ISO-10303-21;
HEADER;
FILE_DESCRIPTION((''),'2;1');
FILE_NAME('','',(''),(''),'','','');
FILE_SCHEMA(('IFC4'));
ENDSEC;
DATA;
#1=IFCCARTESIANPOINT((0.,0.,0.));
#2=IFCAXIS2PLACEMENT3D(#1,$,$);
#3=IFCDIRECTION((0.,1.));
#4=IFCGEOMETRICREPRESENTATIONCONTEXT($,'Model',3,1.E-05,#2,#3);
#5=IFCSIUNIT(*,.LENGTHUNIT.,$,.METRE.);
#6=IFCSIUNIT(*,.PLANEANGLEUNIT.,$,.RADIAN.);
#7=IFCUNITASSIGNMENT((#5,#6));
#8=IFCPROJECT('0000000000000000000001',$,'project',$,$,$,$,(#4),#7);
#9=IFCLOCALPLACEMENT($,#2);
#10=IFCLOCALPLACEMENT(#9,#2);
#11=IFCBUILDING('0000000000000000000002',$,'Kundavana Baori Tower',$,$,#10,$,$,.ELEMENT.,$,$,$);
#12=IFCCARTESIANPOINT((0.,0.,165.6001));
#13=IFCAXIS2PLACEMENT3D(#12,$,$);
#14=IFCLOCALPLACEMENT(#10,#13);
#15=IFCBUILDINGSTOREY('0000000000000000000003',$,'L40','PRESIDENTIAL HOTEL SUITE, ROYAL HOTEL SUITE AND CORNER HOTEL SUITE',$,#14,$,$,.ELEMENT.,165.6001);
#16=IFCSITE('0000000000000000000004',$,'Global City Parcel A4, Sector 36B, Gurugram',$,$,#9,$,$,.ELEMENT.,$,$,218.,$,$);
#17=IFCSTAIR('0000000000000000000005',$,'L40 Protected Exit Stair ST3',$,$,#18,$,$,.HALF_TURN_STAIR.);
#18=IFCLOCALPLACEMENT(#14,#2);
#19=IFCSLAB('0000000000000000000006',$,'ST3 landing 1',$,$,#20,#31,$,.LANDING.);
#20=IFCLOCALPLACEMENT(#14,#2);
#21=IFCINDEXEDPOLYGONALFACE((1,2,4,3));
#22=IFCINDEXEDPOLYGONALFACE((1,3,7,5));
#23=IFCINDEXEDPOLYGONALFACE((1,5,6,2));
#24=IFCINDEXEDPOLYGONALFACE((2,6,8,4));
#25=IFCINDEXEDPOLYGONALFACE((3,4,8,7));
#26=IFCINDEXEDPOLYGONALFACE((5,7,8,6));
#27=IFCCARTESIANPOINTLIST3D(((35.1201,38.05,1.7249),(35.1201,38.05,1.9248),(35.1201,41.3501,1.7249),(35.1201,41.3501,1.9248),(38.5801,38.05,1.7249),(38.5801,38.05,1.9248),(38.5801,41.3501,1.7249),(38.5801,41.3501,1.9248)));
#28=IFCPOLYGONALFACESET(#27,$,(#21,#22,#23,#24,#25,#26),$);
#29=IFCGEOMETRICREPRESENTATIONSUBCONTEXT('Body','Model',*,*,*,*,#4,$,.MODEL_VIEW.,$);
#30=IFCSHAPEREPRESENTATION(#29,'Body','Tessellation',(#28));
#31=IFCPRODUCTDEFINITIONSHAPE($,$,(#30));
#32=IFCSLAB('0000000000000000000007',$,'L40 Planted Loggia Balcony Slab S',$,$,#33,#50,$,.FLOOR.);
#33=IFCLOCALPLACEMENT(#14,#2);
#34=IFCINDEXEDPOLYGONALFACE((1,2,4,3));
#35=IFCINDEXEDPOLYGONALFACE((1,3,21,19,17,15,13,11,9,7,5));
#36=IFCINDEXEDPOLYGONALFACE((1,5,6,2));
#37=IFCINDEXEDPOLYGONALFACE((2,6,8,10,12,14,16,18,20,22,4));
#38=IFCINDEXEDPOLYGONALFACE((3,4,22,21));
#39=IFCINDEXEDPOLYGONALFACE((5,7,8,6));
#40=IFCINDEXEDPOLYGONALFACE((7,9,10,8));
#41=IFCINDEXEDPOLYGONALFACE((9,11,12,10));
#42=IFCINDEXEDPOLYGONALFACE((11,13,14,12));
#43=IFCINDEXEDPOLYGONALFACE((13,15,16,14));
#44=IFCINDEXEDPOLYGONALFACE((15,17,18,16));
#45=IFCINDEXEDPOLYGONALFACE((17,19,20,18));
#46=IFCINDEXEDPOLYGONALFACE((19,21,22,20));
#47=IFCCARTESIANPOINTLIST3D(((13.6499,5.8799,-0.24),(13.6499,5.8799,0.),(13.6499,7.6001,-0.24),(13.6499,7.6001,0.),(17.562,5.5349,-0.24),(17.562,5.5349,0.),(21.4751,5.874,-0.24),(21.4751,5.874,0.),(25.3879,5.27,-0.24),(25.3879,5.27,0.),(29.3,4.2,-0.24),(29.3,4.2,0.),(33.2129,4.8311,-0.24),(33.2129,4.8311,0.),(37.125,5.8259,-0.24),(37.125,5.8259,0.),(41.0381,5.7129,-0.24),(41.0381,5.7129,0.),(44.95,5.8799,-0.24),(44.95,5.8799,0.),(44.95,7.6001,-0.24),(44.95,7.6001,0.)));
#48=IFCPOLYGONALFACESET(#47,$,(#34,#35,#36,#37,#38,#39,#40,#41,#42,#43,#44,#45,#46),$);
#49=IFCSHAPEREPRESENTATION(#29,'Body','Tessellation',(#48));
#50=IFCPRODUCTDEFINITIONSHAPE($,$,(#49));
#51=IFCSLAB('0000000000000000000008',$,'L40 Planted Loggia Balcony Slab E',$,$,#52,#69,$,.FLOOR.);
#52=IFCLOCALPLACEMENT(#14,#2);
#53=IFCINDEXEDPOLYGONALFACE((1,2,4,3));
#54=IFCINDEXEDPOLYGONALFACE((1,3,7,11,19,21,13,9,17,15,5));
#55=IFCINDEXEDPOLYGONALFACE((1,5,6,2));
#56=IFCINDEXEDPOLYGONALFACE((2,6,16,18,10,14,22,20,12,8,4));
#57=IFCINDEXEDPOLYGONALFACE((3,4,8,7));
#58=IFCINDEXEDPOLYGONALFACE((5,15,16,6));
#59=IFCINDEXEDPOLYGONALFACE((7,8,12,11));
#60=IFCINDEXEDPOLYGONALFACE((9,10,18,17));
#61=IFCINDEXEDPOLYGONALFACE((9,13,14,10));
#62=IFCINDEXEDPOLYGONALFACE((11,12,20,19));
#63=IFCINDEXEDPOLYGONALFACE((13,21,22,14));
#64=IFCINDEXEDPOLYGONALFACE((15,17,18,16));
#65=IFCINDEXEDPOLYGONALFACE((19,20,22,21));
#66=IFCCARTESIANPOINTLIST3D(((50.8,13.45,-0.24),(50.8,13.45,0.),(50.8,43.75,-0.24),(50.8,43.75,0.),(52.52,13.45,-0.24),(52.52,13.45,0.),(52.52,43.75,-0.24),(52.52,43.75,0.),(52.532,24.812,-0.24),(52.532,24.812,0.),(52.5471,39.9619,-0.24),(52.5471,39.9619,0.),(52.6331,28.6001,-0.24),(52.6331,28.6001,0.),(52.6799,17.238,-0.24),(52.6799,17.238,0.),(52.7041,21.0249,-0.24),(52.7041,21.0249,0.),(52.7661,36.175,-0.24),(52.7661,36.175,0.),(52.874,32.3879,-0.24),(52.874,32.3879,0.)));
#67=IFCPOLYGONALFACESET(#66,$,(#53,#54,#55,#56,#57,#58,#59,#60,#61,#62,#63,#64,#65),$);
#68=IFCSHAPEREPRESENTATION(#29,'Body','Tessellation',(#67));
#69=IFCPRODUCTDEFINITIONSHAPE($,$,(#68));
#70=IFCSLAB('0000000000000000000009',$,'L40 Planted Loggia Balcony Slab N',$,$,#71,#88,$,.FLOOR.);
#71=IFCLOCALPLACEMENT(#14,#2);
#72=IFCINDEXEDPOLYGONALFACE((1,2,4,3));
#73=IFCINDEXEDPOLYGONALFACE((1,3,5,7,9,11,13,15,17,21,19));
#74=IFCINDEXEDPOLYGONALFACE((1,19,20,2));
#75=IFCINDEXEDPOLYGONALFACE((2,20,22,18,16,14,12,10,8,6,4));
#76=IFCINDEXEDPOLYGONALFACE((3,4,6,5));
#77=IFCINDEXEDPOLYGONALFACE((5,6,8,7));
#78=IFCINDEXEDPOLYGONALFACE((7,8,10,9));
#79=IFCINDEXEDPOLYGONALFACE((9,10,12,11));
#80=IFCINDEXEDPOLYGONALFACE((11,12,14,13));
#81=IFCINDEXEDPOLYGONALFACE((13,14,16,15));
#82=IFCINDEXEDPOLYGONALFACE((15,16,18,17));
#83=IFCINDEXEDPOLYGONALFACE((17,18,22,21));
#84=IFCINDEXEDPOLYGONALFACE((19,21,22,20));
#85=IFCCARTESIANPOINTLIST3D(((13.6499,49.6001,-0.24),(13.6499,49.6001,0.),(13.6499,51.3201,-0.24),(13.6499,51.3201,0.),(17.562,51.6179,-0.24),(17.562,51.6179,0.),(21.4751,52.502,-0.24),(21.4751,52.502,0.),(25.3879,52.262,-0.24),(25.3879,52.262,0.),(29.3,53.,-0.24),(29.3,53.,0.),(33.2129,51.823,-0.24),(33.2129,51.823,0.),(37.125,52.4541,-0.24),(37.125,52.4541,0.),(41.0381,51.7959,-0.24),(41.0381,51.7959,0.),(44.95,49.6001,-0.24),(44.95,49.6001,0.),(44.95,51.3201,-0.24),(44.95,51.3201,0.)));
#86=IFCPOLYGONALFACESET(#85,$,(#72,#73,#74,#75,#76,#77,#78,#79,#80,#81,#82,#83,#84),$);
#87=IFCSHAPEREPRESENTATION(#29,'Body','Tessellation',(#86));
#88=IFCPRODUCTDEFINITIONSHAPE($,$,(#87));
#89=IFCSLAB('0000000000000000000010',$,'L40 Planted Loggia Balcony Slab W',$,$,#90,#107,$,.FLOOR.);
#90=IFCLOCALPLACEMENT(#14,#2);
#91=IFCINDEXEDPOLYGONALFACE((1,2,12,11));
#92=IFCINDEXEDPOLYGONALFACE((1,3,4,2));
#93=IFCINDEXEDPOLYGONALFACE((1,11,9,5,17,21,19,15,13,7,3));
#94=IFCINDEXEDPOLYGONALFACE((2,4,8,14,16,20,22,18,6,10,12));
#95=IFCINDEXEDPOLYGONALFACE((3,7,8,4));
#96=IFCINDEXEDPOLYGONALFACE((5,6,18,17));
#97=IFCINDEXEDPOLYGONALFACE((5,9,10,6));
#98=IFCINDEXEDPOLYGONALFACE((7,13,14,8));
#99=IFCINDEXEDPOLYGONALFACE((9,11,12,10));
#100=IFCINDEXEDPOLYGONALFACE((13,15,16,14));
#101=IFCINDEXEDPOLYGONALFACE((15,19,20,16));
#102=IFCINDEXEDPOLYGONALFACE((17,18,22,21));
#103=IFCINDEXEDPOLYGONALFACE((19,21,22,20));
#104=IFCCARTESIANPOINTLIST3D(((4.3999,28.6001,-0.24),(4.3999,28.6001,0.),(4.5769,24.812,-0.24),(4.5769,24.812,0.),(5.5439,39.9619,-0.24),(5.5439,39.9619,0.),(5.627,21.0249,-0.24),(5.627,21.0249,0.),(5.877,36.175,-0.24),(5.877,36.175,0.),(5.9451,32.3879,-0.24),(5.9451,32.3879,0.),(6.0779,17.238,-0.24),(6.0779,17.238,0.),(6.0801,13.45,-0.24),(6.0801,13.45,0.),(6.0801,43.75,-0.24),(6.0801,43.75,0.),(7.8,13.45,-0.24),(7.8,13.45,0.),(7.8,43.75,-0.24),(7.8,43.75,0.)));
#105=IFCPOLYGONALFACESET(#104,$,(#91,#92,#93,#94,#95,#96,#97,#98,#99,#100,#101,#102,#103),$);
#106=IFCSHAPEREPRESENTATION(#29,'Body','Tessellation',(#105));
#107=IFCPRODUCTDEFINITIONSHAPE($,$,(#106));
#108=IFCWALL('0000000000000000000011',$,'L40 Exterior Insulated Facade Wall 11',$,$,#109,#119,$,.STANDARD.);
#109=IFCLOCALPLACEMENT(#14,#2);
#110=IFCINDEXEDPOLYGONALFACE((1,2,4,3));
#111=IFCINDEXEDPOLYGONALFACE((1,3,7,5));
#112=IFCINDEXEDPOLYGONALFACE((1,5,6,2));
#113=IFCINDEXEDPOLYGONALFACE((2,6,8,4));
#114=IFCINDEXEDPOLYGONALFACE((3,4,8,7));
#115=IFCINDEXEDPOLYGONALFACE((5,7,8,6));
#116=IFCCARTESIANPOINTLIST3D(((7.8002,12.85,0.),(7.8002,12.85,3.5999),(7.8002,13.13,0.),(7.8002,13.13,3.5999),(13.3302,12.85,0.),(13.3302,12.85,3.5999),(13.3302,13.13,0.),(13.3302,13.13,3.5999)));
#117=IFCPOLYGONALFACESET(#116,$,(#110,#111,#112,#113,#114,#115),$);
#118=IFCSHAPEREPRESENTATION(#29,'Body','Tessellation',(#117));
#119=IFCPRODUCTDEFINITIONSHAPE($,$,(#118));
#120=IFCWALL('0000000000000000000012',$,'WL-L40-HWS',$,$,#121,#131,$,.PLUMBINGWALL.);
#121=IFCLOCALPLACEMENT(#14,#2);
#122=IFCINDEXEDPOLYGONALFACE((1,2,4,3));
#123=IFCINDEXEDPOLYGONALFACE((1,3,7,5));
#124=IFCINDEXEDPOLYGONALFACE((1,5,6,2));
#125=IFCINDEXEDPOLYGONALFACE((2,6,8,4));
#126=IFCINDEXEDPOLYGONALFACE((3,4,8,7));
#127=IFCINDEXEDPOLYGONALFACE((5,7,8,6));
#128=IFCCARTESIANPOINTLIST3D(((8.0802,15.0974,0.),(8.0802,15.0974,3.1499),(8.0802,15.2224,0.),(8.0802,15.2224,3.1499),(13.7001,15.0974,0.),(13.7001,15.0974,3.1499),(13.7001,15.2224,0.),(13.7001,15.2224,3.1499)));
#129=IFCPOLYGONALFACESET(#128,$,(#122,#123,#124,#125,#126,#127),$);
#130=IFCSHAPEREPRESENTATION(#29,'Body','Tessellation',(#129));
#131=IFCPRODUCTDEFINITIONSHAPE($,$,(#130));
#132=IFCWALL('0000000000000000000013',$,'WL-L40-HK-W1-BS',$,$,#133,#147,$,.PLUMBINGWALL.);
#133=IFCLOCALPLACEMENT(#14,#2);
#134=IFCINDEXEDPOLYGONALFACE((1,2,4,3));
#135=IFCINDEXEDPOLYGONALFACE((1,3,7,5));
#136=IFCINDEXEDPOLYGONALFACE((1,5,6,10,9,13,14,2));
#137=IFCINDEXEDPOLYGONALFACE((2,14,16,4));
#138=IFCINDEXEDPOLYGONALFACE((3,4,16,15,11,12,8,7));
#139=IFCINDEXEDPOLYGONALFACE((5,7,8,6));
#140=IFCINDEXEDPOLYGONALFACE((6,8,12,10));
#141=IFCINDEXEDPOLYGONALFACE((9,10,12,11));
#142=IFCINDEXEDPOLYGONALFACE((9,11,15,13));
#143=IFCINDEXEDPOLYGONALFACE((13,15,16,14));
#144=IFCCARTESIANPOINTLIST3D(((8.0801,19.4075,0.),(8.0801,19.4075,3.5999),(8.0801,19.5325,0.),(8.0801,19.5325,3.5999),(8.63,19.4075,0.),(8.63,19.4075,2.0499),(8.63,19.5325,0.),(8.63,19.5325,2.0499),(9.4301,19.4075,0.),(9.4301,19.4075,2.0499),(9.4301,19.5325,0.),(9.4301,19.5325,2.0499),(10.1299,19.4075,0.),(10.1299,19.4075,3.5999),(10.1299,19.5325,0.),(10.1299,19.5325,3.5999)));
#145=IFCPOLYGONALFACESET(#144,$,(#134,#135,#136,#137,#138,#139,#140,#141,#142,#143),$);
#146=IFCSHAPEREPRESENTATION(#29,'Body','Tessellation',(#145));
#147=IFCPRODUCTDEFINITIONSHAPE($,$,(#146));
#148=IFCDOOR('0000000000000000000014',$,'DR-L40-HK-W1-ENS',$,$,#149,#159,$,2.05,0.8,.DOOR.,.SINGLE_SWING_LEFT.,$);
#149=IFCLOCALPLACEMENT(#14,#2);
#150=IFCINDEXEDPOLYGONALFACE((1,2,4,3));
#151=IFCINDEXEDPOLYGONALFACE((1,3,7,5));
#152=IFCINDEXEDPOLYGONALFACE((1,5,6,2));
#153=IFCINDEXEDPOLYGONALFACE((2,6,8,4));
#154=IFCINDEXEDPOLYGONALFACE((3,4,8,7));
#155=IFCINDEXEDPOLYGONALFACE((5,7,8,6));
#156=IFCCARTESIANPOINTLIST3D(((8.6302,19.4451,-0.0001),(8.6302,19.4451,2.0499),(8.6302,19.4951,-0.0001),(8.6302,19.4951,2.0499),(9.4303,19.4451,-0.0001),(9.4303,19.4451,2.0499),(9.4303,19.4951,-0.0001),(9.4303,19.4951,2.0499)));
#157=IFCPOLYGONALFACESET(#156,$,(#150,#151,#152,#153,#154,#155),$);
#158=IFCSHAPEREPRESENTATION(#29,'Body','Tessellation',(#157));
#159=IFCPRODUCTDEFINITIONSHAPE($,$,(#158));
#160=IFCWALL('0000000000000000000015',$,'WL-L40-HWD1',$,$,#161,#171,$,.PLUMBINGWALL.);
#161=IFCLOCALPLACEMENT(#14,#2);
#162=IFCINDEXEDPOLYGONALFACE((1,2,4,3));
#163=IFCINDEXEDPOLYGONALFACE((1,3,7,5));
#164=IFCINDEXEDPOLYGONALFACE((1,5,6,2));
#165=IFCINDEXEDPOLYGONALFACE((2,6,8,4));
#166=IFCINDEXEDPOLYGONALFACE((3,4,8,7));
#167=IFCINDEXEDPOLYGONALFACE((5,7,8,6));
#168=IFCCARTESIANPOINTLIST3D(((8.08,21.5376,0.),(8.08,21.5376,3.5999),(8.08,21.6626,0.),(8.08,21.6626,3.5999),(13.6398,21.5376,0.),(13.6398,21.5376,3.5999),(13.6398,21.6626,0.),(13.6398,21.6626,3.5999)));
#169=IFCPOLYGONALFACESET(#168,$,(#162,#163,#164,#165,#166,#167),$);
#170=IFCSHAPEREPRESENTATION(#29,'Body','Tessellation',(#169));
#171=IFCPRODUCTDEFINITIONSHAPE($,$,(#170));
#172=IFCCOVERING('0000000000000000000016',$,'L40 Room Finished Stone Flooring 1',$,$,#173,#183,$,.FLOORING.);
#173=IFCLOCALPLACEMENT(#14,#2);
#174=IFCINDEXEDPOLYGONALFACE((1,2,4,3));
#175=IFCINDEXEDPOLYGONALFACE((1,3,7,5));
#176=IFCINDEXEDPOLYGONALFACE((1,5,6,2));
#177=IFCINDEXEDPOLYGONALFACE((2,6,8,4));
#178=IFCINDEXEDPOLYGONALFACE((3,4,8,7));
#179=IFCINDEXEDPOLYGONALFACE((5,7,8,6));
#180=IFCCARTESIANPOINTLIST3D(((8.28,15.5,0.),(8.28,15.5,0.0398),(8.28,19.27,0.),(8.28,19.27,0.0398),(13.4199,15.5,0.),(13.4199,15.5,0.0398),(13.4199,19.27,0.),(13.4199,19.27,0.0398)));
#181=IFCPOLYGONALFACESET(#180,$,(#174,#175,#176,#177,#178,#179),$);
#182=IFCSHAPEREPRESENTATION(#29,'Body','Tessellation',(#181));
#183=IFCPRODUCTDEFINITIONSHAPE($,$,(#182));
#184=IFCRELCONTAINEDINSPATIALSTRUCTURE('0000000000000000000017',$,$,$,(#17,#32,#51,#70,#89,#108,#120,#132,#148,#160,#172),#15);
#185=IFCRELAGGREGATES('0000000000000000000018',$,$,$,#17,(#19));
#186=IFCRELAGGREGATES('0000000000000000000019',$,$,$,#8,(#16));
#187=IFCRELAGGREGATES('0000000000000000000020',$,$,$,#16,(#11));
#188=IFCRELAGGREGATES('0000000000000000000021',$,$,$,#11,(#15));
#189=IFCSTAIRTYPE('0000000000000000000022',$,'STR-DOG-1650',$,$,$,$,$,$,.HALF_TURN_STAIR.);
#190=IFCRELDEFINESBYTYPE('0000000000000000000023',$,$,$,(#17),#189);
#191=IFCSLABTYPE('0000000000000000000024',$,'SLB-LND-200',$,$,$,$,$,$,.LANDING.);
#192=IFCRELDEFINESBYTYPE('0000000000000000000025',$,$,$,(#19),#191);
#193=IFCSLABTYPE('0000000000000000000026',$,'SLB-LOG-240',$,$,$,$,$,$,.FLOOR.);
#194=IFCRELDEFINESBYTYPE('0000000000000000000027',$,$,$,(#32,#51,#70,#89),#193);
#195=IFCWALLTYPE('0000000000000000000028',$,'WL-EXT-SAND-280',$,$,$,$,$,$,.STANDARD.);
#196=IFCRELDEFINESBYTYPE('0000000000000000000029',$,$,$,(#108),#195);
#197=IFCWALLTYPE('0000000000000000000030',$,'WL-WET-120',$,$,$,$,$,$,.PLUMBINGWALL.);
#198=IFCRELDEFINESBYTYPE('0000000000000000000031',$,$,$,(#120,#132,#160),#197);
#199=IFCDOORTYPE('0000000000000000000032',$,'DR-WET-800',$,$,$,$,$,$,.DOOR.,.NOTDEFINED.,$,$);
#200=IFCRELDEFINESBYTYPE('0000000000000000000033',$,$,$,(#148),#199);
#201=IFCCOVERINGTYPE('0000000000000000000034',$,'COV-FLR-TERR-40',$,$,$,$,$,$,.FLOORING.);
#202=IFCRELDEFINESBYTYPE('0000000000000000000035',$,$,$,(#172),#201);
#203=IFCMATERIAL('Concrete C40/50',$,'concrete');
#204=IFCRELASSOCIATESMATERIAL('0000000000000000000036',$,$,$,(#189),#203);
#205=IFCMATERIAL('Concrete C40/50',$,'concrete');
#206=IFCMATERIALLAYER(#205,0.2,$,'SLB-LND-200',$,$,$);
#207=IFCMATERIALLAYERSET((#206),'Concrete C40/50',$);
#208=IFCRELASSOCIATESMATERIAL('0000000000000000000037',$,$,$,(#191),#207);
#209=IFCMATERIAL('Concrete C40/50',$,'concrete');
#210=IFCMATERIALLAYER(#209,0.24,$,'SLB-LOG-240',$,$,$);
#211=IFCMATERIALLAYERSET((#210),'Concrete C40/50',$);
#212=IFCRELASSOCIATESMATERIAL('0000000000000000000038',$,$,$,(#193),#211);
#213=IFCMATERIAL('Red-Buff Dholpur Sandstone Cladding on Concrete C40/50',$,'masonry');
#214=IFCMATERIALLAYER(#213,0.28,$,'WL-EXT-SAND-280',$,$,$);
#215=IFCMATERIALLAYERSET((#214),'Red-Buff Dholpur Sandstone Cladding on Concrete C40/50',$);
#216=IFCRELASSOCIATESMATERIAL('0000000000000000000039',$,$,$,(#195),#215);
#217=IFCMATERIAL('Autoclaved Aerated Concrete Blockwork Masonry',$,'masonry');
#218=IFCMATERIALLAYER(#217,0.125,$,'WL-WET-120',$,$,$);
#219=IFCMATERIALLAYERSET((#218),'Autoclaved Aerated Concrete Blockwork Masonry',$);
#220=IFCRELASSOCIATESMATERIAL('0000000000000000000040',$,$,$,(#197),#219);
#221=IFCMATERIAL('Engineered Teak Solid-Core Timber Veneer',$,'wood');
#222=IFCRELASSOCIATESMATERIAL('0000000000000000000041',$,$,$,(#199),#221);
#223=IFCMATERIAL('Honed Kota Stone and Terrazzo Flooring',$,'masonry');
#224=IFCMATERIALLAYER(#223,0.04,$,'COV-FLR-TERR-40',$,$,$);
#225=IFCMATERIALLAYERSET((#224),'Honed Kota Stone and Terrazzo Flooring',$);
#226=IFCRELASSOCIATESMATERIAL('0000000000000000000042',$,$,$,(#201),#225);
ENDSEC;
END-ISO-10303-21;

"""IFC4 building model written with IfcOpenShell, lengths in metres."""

from ifc_helpers import new_model, si_unit, direction, frame, frame_2d, origin, place, context, subcontext, project, spatial, polyline, rectangle, outline, extrude, material, layer, layer_set, type_object, element, fill, aggregate, save


model = new_model("IFC4")

# Units and contexts
model_context = context("Model", 3, precision=1e-05, world=origin(), true_north=direction((0.0, 1.0)))
body_context = subcontext(model_context, "Body", "Model", "MODEL_VIEW")
ifc_project = project(units=[si_unit("LENGTHUNIT", "METRE"), si_unit("PLANEANGLEUNIT", "RADIAN")], contexts=[model_context])

# Site, building, storey
site_placement = place(None, origin())
site = spatial("IfcSite", under=ifc_project, at=site_placement, Name="Global City Parcel A4, Sector 36B, Gurugram", CompositionType="ELEMENT", RefElevation=218.0)
building_placement = place(site_placement, origin())
building = spatial("IfcBuilding", under=site, at=building_placement, Name="Kundavana Baori Tower", CompositionType="ELEMENT")
storey_placement = place(building_placement, frame((0.0, 0.0, 165.6001)))
storey = spatial("IfcBuildingStorey", under=building, at=storey_placement, Name="L40", Description="PRESIDENTIAL HOTEL SUITE, ROYAL HOTEL SUITE AND CORNER HOTEL SUITE", CompositionType="ELEMENT", Elevation=165.6001)

# Stair, slab
ifc_material_1 = material(Name="Concrete C40/50", Category="concrete")
stair_type = type_object("IfcStairType", Name="STR-DOG-1650", PredefinedType="HALF_TURN_STAIR", material=ifc_material_1)
ifc_material_2 = material(Name="Concrete C40/50", Category="concrete")
ifc_layer_1 = layer(ifc_material_2, 0.2, Name="SLB-LND-200")
ifc_layer_set_1 = layer_set([ifc_layer_1], Name="Concrete C40/50")
slab_type_1 = type_object("IfcSlabType", Name="SLB-LND-200", PredefinedType="LANDING", material=ifc_layer_set_1)
stair_1_placement = place(storey_placement, origin())
stair_1 = element("IfcStair", 1, at=stair_1_placement, inside=storey, type_object=stair_type, Name="L40 Protected Exit Stair ST3", PredefinedType="HALF_TURN_STAIR")
slab_1_placement = place(storey_placement, frame((0.0, 0.0, 1.7249)))
slab_1 = element("IfcSlab", 2, at=slab_1_placement, type_object=slab_type_1, Name="ST3 landing 1", PredefinedType="LANDING", context=body_context, shape_type="SweptSolid", body=[
    extrude(outline(polyline([(38.5801, 38.05), (38.5801, 41.3501), (35.1201, 41.3501), (35.1201, 38.05), (38.5801, 38.05)])), origin(), (0.0, 0.0, 1.0), 0.2),
])
aggregate(stair_1, [slab_1])

# Slabs
ifc_material_3 = material(Name="Concrete C40/50", Category="concrete")
ifc_layer_2 = layer(ifc_material_3, 0.24, Name="SLB-LOG-240")
ifc_layer_set_2 = layer_set([ifc_layer_2], Name="Concrete C40/50")
slab_type_2 = type_object("IfcSlabType", Name="SLB-LOG-240", PredefinedType="FLOOR", material=ifc_layer_set_2)
slab_2_placement = place(storey_placement, frame((0.0, 0.0, -0.24)))
element("IfcSlab", 3, at=slab_2_placement, inside=storey, type_object=slab_type_2, Name="L40 Planted Loggia Balcony Slab S", PredefinedType="FLOOR", context=body_context, shape_type="SweptSolid", body=[
    extrude(outline(polyline([(13.6499, 7.6001), (44.95, 7.6001), (44.95, 5.8799), (41.0381, 5.7129), (37.125, 5.8259), (33.2129, 4.8311), (29.3, 4.2), (25.3879, 5.27), (21.4751, 5.874), (17.562, 5.5349), (13.6499, 5.8799), (13.6499, 7.6001)])), origin(), (0.0, 0.0, 1.0), 0.24),
])
slab_3_placement = place(storey_placement, frame((0.0, 0.0, -0.24)))
element("IfcSlab", 4, at=slab_3_placement, inside=storey, type_object=slab_type_2, Name="L40 Planted Loggia Balcony Slab E", PredefinedType="FLOOR", context=body_context, shape_type="SweptSolid", body=[
    extrude(outline(polyline([(50.8, 13.45), (50.8, 43.75), (52.52, 43.75), (52.5471, 39.9619), (52.7661, 36.175), (52.874, 32.3879), (52.6331, 28.6001), (52.532, 24.812), (52.7041, 21.0249), (52.6799, 17.238), (52.52, 13.45), (50.8, 13.45)])), origin(), (0.0, 0.0, 1.0), 0.24),
])
slab_4_placement = place(storey_placement, frame((0.0, 0.0, -0.24)))
element("IfcSlab", 5, at=slab_4_placement, inside=storey, type_object=slab_type_2, Name="L40 Planted Loggia Balcony Slab N", PredefinedType="FLOOR", context=body_context, shape_type="SweptSolid", body=[
    extrude(outline(polyline([(44.95, 49.6001), (13.6499, 49.6001), (13.6499, 51.3201), (17.562, 51.6179), (21.4751, 52.502), (25.3879, 52.262), (29.3, 53.0), (33.2129, 51.823), (37.125, 52.4541), (41.0381, 51.7959), (44.95, 51.3201), (44.95, 49.6001)])), origin(), (0.0, 0.0, 1.0), 0.24),
])
slab_5_placement = place(storey_placement, frame((0.0, 0.0, -0.24)))
element("IfcSlab", 6, at=slab_5_placement, inside=storey, type_object=slab_type_2, Name="L40 Planted Loggia Balcony Slab W", PredefinedType="FLOOR", context=body_context, shape_type="SweptSolid", body=[
    extrude(outline(polyline([(7.8, 43.75), (7.8, 13.45), (6.0801, 13.45), (6.0779, 17.238), (5.627, 21.0249), (4.5769, 24.812), (4.3999, 28.6001), (5.9451, 32.3879), (5.877, 36.175), (5.5439, 39.9619), (6.0801, 43.75), (7.8, 43.75)])), origin(), (0.0, 0.0, 1.0), 0.24),
])

# Walls
ifc_material_4 = material(Name="Red-Buff Dholpur Sandstone Cladding on Concrete C40/50", Category="masonry")
ifc_layer_3 = layer(ifc_material_4, 0.28, Name="WL-EXT-SAND-280")
ifc_layer_set_3 = layer_set([ifc_layer_3], Name="Red-Buff Dholpur Sandstone Cladding on Concrete C40/50")
wall_type_1 = type_object("IfcWallType", Name="WL-EXT-SAND-280", PredefinedType="STANDARD", material=ifc_layer_set_3)
wall_1_placement = place(storey_placement, frame((7.8, 12.99, 0.0), z_axis=(0.0, 0.0, 1.0), x_axis=(1.0, 0.0, 0.0)))
element("IfcWall", 7, at=wall_1_placement, inside=storey, type_object=wall_type_1, Name="L40 Exterior Insulated Facade Wall 11", PredefinedType="STANDARD", context=body_context, shape_type="SweptSolid", body=[
    extrude(rectangle(XDim=5.53, YDim=0.28, at=frame_2d((2.7651, 0.0))), origin(), (0.0, 0.0, 1.0), 3.5999),
])
ifc_material_5 = material(Name="Autoclaved Aerated Concrete Blockwork Masonry", Category="masonry")
ifc_layer_4 = layer(ifc_material_5, 0.125, Name="WL-WET-120")
ifc_layer_set_4 = layer_set([ifc_layer_4], Name="Autoclaved Aerated Concrete Blockwork Masonry")
wall_type_2 = type_object("IfcWallType", Name="WL-WET-120", PredefinedType="PLUMBINGWALL", material=ifc_layer_set_4)
wall_2_placement = place(storey_placement, frame((8.0801, 15.1599, 0.0), z_axis=(0.0, 0.0, 1.0), x_axis=(1.0, 0.0, 0.0)))
element("IfcWall", 8, at=wall_2_placement, inside=storey, type_object=wall_type_2, Name="WL-L40-HWS", PredefinedType="PLUMBINGWALL", context=body_context, shape_type="SweptSolid", body=[
    extrude(rectangle(XDim=5.6199, YDim=0.125, at=frame_2d((2.8101, 0.0))), origin(), (0.0, 0.0, 1.0), 3.1499),
])

# Wall, opening, door
wall_3_placement = place(storey_placement, frame((8.0801, 19.47, 0.0), z_axis=(0.0, 0.0, 1.0), x_axis=(1.0, 0.0, 0.0)))
wall_3 = element("IfcWall", 9, at=wall_3_placement, inside=storey, type_object=wall_type_2, Name="WL-L40-HK-W1-BS", PredefinedType="PLUMBINGWALL", context=body_context, shape_type="SweptSolid", body=[
    extrude(rectangle(XDim=2.0498, YDim=0.125, at=frame_2d((1.0249, 0.0))), origin(), (0.0, 0.0, 1.0), 3.5999),
])
opening_placement = place(wall_3_placement, frame((0.55, 0.0, 0.0)))
opening = element("IfcOpeningElement", 10, at=opening_placement, cuts=wall_3, PredefinedType="OPENING", context=body_context, shape_type="SweptSolid", body=[
    extrude(rectangle(XDim=0.8, YDim=2.05, at=frame_2d((0.3999, 1.0249))), frame((0.0, 0.0725, 0.0), z_axis=(0.0, -1.0, 0.0), x_axis=(1.0, 0.0, 0.0)), (0.0, 0.0, 1.0), 0.145),
])
ifc_material_6 = material(Name="Engineered Teak Solid-Core Timber Veneer", Category="wood")
door_type = type_object("IfcDoorType", Name="DR-WET-800", OperationType="NOTDEFINED", PredefinedType="DOOR", material=ifc_material_6)
door_placement = place(opening_placement, frame((0.8, 0.0, 0.0), z_axis=(0.0, 0.0, 1.0), x_axis=(-1.0, 0.0, 0.0)))
door = element("IfcDoor", 11, at=door_placement, inside=storey, type_object=door_type, Name="DR-L40-HK-W1-ENS", OperationType="SINGLE_SWING_LEFT", OverallHeight=2.05, OverallWidth=0.8, PredefinedType="DOOR", context=body_context, shape_type="SweptSolid", body=[
    extrude(rectangle(XDim=0.8, YDim=2.05, at=frame_2d((0.3999, 1.0249))), frame((0.0, 0.0249, 0.0), z_axis=(0.0, -1.0, 0.0), x_axis=(1.0, 0.0, 0.0)), (0.0, 0.0, 1.0), 0.05),
])
fill(opening, door)

# Wall
wall_4_placement = place(storey_placement, frame((8.0801, 21.6001, 0.0), z_axis=(0.0, 0.0, 1.0), x_axis=(1.0, 0.0, 0.0)))
element("IfcWall", 12, at=wall_4_placement, inside=storey, type_object=wall_type_2, Name="WL-L40-HWD1", PredefinedType="PLUMBINGWALL", context=body_context, shape_type="SweptSolid", body=[
    extrude(rectangle(XDim=5.5598, YDim=0.125, at=frame_2d((2.7798, 0.0))), origin(), (0.0, 0.0, 1.0), 3.5999),
])

# Covering
ifc_material_7 = material(Name="Honed Kota Stone and Terrazzo Flooring", Category="masonry")
ifc_layer_5 = layer(ifc_material_7, 0.04, Name="COV-FLR-TERR-40")
ifc_layer_set_5 = layer_set([ifc_layer_5], Name="Honed Kota Stone and Terrazzo Flooring")
covering_type_1 = type_object("IfcCoveringType", Name="COV-FLR-TERR-40", PredefinedType="FLOORING", material=ifc_layer_set_5)
covering_1_placement = place(storey_placement, origin())
element("IfcCovering", 13, at=covering_1_placement, inside=storey, type_object=covering_type_1, Name="L40 Room Finished Stone Flooring 1", PredefinedType="FLOORING", context=body_context, shape_type="SweptSolid", body=[
    extrude(outline(polyline([(8.28, 15.5), (13.4199, 15.5), (13.4199, 19.27), (8.28, 19.27), (8.28, 15.5)])), origin(), (0.0, 0.0, 1.0), 0.0398),
])

save(model, "model.ifc")
